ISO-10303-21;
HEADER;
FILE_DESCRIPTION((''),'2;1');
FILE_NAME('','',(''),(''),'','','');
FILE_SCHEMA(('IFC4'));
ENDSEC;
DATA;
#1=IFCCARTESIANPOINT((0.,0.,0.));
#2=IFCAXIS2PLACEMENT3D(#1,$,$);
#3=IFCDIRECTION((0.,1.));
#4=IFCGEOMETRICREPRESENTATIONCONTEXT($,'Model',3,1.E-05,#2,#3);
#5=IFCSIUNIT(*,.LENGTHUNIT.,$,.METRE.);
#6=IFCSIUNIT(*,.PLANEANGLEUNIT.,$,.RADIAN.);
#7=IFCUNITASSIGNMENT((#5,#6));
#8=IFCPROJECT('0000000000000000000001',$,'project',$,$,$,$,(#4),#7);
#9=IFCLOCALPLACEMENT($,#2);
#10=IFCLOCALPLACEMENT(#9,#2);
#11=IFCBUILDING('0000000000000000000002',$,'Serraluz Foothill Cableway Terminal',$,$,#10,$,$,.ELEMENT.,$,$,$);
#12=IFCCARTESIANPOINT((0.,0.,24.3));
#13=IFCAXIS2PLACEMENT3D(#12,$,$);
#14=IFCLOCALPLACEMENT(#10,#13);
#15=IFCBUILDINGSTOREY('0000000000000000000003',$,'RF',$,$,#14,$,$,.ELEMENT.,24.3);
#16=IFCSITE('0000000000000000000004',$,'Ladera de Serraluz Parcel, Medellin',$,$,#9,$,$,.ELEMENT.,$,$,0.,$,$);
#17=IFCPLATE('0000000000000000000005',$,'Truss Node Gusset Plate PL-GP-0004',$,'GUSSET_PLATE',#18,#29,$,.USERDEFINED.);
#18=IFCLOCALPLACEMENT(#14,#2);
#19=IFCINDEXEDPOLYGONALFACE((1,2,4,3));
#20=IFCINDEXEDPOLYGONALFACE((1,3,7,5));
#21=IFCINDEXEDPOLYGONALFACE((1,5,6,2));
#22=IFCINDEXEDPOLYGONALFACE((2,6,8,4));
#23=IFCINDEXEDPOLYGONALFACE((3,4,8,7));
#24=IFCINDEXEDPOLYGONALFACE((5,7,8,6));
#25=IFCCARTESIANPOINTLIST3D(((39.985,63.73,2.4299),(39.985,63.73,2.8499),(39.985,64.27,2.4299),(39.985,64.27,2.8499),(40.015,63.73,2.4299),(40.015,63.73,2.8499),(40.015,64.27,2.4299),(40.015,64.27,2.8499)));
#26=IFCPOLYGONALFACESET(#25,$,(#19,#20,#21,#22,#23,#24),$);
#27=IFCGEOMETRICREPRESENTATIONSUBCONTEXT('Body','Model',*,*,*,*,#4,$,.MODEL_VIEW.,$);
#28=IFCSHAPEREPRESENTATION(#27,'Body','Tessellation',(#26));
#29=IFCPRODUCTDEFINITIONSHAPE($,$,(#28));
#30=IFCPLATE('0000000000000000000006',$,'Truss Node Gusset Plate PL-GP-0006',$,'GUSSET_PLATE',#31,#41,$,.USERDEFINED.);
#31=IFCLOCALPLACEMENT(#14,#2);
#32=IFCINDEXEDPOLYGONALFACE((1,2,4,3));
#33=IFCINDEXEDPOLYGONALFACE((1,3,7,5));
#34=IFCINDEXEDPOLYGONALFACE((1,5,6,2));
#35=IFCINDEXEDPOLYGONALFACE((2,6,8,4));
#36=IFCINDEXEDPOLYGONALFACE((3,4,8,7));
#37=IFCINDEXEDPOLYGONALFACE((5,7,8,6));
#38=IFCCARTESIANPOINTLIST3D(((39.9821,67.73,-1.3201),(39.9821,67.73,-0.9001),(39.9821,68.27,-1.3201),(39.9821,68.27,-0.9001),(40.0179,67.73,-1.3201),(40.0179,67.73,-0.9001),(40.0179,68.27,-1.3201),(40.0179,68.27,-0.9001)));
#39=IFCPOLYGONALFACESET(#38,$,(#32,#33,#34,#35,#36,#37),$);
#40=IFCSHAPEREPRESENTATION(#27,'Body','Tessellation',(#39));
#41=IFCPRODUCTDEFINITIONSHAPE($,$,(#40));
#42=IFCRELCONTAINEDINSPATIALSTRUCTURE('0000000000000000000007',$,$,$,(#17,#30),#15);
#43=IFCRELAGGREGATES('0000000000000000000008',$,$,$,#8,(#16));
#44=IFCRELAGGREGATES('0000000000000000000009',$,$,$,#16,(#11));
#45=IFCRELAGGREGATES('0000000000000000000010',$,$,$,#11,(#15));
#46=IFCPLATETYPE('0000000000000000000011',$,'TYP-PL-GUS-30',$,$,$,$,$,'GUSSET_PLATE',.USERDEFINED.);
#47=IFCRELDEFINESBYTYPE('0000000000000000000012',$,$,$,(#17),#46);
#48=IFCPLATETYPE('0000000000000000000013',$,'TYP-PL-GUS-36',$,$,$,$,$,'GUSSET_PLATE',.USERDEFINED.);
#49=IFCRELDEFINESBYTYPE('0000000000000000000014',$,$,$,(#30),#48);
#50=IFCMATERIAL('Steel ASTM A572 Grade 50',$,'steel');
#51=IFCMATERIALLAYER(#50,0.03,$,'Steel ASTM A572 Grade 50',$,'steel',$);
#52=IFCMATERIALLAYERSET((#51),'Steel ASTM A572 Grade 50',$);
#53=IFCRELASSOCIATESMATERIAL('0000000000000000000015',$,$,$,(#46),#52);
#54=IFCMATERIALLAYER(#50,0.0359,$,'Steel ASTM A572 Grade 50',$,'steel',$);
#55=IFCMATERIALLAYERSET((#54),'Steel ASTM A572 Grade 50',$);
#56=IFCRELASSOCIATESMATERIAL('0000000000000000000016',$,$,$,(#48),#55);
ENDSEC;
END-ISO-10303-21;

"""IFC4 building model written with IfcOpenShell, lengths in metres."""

from ifc_helpers import new_model, si_unit, direction, frame, origin, origin_2d, place, context, subcontext, project, spatial, rectangle, extrude, material, layer, layer_set, type_object, element, save


model = new_model("IFC4")

# Units and contexts
model_context = context("Model", 3, precision=1e-05, world=origin(), true_north=direction((0.0, 1.0)))
body_context = subcontext(model_context, "Body", "Model", "MODEL_VIEW")
ifc_project = project(units=[si_unit("LENGTHUNIT", "METRE"), si_unit("PLANEANGLEUNIT", "RADIAN")], contexts=[model_context])

# Site, building, storey
site_placement = place(None, origin())
site = spatial("IfcSite", under=ifc_project, at=site_placement, Name="Ladera de Serraluz Parcel, Medellin", CompositionType="ELEMENT", RefElevation=0.0)
building_placement = place(site_placement, origin())
building = spatial("IfcBuilding", under=site, at=building_placement, Name="Serraluz Foothill Cableway Terminal", CompositionType="ELEMENT")
storey_placement = place(building_placement, frame((0.0, 0.0, 24.3)))
storey = spatial("IfcBuildingStorey", under=building, at=storey_placement, Name="RF", CompositionType="ELEMENT", Elevation=24.3)

# Shared definitions
ifc_material_1 = material(Name="Steel ASTM A572 Grade 50", Category="steel")

# Plates
ifc_layer_1 = layer(ifc_material_1, 0.03, Name="Steel ASTM A572 Grade 50", Category="steel")
ifc_layer_set_1 = layer_set([ifc_layer_1], Name="Steel ASTM A572 Grade 50")
plate_type_1 = type_object("IfcPlateType", Name="TYP-PL-GUS-30", ElementType="GUSSET_PLATE", PredefinedType="USERDEFINED", material=ifc_layer_set_1)
plate_1_placement = place(storey_placement, frame((40.0, 64.0, 2.4299), z_axis=(0.0, 0.0, 1.0), x_axis=(1.0, 0.0, 0.0)))
element("IfcPlate", 1, at=plate_1_placement, inside=storey, type_object=plate_type_1, Name="Truss Node Gusset Plate PL-GP-0004", ObjectType="GUSSET_PLATE", PredefinedType="USERDEFINED", context=body_context, shape_type="SweptSolid", body=[
    extrude(rectangle(XDim=0.03, YDim=0.54, at=origin_2d()), origin(), (0.0, 0.0, 1.0), 0.4199),
])
ifc_layer_2 = layer(ifc_material_1, 0.0359, Name="Steel ASTM A572 Grade 50", Category="steel")
ifc_layer_set_2 = layer_set([ifc_layer_2], Name="Steel ASTM A572 Grade 50")
plate_type_2 = type_object("IfcPlateType", Name="TYP-PL-GUS-36", ElementType="GUSSET_PLATE", PredefinedType="USERDEFINED", material=ifc_layer_set_2)
plate_2_placement = place(storey_placement, frame((40.0, 68.0, -1.3201), z_axis=(0.0, 0.0, 1.0), x_axis=(1.0, 0.0, 0.0)))
element("IfcPlate", 2, at=plate_2_placement, inside=storey, type_object=plate_type_2, Name="Truss Node Gusset Plate PL-GP-0006", ObjectType="GUSSET_PLATE", PredefinedType="USERDEFINED", context=body_context, shape_type="SweptSolid", body=[
    extrude(rectangle(XDim=0.0359, YDim=0.54, at=origin_2d()), origin(), (0.0, 0.0, 1.0), 0.4199),
])

save(model, "model.ifc")
